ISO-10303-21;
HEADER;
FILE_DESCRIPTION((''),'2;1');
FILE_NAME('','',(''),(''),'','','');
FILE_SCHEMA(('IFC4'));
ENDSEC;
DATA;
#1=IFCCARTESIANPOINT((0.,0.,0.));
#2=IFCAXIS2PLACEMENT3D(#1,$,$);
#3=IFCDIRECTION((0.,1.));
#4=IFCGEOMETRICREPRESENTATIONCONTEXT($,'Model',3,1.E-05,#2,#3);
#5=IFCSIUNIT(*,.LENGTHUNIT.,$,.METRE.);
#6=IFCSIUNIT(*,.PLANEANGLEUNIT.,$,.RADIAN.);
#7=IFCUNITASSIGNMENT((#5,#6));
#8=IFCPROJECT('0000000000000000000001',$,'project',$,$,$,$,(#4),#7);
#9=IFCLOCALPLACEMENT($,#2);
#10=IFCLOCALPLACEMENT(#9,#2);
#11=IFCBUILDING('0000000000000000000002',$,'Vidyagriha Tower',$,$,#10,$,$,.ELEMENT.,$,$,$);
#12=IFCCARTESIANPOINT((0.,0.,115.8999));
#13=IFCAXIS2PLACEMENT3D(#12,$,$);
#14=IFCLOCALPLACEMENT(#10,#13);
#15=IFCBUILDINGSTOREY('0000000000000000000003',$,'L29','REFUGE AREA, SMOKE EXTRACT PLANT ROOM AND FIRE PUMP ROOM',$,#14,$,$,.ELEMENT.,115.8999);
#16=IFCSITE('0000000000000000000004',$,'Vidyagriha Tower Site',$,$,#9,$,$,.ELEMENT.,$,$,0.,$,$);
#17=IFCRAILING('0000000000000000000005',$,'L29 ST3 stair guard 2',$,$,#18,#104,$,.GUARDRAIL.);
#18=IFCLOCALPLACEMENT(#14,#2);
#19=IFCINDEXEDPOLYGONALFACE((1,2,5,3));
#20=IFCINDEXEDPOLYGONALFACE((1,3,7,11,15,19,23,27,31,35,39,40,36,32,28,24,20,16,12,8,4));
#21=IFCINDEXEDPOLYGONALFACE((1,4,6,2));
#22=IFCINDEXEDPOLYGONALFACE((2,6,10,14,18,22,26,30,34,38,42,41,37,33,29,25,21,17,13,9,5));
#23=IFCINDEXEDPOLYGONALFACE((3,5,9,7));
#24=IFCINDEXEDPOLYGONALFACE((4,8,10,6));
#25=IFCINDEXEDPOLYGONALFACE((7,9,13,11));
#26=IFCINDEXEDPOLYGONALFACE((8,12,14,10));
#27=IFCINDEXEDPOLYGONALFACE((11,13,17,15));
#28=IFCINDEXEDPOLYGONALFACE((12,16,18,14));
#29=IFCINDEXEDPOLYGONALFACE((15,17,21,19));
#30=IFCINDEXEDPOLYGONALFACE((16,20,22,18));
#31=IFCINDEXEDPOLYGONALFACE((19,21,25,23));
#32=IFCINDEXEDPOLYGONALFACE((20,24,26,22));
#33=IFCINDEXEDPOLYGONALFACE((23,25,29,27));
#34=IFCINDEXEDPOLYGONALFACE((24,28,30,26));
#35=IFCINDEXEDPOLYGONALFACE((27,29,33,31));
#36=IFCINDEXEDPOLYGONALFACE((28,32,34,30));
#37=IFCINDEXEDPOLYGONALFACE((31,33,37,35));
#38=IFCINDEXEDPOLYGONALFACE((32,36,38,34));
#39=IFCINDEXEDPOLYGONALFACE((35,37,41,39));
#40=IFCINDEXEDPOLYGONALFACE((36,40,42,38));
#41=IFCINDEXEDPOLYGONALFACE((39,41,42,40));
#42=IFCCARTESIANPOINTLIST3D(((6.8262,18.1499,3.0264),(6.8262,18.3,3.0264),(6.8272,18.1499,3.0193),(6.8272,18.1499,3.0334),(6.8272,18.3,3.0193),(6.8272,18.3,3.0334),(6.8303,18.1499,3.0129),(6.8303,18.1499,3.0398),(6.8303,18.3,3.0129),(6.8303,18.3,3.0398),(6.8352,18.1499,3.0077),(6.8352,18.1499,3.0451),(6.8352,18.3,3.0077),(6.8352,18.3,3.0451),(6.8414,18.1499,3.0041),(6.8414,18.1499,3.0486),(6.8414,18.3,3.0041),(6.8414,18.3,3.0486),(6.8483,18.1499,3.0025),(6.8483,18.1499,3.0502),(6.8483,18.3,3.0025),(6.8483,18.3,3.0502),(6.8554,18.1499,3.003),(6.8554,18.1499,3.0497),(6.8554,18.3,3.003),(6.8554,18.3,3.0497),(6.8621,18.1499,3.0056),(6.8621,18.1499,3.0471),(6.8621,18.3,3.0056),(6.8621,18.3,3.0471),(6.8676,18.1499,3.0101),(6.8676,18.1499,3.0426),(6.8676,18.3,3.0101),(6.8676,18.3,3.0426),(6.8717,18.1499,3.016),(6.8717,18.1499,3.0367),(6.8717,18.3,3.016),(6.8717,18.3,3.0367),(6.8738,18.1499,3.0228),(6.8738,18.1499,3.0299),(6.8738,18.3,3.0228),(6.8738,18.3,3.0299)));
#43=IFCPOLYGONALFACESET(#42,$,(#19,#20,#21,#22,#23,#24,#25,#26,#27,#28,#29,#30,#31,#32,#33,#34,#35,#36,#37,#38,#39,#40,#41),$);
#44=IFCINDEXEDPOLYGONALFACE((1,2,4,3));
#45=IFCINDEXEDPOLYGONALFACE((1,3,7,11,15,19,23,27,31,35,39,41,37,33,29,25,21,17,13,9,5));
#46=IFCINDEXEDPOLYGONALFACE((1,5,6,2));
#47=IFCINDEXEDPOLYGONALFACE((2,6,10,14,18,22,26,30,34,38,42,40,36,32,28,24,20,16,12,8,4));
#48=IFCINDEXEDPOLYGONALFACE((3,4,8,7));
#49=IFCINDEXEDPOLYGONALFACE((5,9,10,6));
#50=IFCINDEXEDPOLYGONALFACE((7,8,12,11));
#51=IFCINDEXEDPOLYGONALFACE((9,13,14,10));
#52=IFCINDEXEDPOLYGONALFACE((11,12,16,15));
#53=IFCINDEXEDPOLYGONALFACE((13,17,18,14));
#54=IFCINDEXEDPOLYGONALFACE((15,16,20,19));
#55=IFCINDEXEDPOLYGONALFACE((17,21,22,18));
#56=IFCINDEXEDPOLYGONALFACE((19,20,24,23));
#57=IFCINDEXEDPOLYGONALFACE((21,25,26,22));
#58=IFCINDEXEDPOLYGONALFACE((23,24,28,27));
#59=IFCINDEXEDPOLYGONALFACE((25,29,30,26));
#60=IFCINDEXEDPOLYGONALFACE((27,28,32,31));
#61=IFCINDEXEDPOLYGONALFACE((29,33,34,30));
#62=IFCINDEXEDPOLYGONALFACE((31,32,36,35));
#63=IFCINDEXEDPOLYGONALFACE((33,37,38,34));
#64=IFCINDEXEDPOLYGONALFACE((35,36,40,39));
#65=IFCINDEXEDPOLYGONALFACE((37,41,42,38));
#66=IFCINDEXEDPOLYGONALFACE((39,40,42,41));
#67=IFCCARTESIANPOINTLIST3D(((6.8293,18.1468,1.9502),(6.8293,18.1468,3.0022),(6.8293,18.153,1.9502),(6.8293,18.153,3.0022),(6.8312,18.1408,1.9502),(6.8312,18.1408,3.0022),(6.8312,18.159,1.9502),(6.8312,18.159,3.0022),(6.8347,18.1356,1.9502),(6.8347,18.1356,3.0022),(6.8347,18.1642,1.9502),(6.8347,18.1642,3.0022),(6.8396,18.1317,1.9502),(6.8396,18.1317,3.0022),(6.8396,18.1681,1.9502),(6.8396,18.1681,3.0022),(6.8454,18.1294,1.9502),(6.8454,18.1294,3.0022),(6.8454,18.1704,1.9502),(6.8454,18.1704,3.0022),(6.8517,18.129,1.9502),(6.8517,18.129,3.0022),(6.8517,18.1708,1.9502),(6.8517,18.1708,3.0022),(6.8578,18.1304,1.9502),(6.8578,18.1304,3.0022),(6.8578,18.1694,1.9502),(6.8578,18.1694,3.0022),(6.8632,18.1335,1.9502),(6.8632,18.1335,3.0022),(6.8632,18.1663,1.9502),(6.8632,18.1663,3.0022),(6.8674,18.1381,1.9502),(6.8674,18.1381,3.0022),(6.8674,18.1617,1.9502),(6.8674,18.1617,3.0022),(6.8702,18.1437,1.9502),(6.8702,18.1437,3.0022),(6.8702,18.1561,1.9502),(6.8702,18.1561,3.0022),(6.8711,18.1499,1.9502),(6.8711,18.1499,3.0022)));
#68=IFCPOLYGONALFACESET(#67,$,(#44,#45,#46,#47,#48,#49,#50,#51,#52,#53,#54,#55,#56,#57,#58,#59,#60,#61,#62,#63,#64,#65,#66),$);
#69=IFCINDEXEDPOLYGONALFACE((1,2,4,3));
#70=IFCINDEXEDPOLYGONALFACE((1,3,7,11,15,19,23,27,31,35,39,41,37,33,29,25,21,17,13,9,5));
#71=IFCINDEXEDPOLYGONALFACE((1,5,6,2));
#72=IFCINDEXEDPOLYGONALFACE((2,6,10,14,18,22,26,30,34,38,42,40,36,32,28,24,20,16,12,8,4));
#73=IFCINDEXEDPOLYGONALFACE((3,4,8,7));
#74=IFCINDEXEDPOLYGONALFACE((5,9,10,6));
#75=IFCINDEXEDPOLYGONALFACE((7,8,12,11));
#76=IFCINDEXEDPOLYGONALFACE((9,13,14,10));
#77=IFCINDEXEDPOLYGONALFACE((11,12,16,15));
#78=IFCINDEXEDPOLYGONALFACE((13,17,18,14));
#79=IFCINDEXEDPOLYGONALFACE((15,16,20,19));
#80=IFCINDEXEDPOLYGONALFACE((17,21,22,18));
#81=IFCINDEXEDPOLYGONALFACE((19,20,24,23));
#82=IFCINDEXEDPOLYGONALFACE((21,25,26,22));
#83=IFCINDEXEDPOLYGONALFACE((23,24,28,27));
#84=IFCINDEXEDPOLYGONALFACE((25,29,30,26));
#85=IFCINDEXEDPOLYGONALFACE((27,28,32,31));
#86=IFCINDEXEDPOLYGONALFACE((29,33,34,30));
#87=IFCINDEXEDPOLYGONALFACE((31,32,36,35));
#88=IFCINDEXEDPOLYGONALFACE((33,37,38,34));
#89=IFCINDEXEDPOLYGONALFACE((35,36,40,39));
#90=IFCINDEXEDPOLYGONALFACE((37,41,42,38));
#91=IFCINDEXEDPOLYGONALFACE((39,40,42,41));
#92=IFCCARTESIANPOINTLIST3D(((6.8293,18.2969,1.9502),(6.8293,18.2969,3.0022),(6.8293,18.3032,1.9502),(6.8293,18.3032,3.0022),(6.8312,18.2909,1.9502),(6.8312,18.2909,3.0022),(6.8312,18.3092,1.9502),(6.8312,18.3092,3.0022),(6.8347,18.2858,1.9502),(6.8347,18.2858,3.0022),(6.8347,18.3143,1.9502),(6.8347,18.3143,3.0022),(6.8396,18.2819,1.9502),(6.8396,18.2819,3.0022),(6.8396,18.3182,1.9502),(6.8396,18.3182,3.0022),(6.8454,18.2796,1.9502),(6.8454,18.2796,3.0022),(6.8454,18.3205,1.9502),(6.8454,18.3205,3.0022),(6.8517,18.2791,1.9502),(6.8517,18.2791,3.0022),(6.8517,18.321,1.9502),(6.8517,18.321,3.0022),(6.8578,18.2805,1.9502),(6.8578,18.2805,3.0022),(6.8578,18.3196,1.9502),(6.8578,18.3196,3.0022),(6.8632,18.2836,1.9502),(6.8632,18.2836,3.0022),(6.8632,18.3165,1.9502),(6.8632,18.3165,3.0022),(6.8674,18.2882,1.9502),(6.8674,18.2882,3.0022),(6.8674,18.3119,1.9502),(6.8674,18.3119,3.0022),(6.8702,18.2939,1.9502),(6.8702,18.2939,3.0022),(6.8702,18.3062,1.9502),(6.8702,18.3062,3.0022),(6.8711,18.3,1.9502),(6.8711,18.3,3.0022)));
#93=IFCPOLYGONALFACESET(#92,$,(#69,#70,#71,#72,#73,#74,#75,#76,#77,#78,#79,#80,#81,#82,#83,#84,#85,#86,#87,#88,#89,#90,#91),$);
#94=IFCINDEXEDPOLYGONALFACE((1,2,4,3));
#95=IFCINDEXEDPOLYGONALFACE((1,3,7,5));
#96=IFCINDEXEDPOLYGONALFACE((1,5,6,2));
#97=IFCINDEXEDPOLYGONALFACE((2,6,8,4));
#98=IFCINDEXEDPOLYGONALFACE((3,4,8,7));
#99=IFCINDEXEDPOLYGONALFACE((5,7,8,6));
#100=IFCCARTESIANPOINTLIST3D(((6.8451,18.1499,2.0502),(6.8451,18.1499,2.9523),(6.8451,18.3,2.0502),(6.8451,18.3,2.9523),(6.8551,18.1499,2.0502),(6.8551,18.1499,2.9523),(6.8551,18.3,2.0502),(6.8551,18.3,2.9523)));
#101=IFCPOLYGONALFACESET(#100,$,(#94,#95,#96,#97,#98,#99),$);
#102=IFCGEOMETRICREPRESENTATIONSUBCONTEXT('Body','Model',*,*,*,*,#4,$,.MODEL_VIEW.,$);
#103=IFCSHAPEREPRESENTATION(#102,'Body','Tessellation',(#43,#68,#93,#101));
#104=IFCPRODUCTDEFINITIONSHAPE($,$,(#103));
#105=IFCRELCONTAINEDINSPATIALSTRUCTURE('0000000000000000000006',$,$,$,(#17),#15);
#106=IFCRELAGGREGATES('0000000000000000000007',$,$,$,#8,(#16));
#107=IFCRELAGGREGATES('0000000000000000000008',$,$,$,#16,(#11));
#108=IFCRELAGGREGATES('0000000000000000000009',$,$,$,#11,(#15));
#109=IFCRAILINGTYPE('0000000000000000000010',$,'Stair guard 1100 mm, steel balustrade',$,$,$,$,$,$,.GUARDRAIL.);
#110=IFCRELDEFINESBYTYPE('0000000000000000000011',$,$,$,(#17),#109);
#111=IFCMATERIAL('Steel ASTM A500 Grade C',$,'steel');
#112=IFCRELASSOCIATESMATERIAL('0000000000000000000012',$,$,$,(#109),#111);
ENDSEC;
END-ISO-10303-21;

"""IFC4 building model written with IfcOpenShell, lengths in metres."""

from ifc_helpers import new_model, si_unit, direction, frame, origin, origin_2d, place, context, subcontext, project, spatial, rectangle, circle, extrude, material, type_object, element, save


model = new_model("IFC4")

# Units and contexts
model_context = context("Model", 3, precision=1e-05, world=origin(), true_north=direction((0.0, 1.0)))
body_context = subcontext(model_context, "Body", "Model", "MODEL_VIEW")
ifc_project = project(units=[si_unit("LENGTHUNIT", "METRE"), si_unit("PLANEANGLEUNIT", "RADIAN")], contexts=[model_context])

# Site, building, storey
site_placement = place(None, origin())
site = spatial("IfcSite", under=ifc_project, at=site_placement, Name="Vidyagriha Tower Site", CompositionType="ELEMENT", RefElevation=0.0)
building_placement = place(site_placement, origin())
building = spatial("IfcBuilding", under=site, at=building_placement, Name="Vidyagriha Tower", CompositionType="ELEMENT")
storey_placement = place(building_placement, frame((0.0, 0.0, 115.8999)))
storey = spatial("IfcBuildingStorey", under=building, at=storey_placement, Name="L29", Description="REFUGE AREA, SMOKE EXTRACT PLANT ROOM AND FIRE PUMP ROOM", CompositionType="ELEMENT", Elevation=115.8999)

# Railing
ifc_material_1 = material(Name="Steel ASTM A500 Grade C", Category="steel")
railing_type_1 = type_object("IfcRailingType", Name="Stair guard 1100 mm, steel balustrade", PredefinedType="GUARDRAIL", material=ifc_material_1)
railing_1_placement = place(storey_placement, frame((6.8501, 18.1499, 1.9502)))
element("IfcRailing", 1, at=railing_1_placement, inside=storey, type_object=railing_type_1, Name="L29 ST3 stair guard 2", PredefinedType="GUARDRAIL", context=body_context, shape_type="SweptSolid", body=[
    extrude(circle(Radius=0.0239, at=origin_2d()), frame((0.0, 0.0, 1.0762), z_axis=(0.0, 1.0, 0.0), x_axis=(-1.0, 0.0, 0.0)), (0.0, 0.0, 1.0), 0.1501),
    extrude(circle(Radius=0.021, at=origin_2d()), origin(), (0.0, 0.0, 1.0), 1.052),
    extrude(circle(Radius=0.021, at=origin_2d()), frame((0.0, 0.1501, 0.0)), (0.0, 0.0, 1.0), 1.052),
    extrude(rectangle(XDim=0.01, YDim=0.9021, at=origin_2d()), frame((0.0, 0.0, 0.551), z_axis=(0.0, 1.0, 0.0), x_axis=(-1.0, 0.0, 0.0)), (0.0, 0.0, 1.0), 0.1501),
])

save(model, "model.ifc")
